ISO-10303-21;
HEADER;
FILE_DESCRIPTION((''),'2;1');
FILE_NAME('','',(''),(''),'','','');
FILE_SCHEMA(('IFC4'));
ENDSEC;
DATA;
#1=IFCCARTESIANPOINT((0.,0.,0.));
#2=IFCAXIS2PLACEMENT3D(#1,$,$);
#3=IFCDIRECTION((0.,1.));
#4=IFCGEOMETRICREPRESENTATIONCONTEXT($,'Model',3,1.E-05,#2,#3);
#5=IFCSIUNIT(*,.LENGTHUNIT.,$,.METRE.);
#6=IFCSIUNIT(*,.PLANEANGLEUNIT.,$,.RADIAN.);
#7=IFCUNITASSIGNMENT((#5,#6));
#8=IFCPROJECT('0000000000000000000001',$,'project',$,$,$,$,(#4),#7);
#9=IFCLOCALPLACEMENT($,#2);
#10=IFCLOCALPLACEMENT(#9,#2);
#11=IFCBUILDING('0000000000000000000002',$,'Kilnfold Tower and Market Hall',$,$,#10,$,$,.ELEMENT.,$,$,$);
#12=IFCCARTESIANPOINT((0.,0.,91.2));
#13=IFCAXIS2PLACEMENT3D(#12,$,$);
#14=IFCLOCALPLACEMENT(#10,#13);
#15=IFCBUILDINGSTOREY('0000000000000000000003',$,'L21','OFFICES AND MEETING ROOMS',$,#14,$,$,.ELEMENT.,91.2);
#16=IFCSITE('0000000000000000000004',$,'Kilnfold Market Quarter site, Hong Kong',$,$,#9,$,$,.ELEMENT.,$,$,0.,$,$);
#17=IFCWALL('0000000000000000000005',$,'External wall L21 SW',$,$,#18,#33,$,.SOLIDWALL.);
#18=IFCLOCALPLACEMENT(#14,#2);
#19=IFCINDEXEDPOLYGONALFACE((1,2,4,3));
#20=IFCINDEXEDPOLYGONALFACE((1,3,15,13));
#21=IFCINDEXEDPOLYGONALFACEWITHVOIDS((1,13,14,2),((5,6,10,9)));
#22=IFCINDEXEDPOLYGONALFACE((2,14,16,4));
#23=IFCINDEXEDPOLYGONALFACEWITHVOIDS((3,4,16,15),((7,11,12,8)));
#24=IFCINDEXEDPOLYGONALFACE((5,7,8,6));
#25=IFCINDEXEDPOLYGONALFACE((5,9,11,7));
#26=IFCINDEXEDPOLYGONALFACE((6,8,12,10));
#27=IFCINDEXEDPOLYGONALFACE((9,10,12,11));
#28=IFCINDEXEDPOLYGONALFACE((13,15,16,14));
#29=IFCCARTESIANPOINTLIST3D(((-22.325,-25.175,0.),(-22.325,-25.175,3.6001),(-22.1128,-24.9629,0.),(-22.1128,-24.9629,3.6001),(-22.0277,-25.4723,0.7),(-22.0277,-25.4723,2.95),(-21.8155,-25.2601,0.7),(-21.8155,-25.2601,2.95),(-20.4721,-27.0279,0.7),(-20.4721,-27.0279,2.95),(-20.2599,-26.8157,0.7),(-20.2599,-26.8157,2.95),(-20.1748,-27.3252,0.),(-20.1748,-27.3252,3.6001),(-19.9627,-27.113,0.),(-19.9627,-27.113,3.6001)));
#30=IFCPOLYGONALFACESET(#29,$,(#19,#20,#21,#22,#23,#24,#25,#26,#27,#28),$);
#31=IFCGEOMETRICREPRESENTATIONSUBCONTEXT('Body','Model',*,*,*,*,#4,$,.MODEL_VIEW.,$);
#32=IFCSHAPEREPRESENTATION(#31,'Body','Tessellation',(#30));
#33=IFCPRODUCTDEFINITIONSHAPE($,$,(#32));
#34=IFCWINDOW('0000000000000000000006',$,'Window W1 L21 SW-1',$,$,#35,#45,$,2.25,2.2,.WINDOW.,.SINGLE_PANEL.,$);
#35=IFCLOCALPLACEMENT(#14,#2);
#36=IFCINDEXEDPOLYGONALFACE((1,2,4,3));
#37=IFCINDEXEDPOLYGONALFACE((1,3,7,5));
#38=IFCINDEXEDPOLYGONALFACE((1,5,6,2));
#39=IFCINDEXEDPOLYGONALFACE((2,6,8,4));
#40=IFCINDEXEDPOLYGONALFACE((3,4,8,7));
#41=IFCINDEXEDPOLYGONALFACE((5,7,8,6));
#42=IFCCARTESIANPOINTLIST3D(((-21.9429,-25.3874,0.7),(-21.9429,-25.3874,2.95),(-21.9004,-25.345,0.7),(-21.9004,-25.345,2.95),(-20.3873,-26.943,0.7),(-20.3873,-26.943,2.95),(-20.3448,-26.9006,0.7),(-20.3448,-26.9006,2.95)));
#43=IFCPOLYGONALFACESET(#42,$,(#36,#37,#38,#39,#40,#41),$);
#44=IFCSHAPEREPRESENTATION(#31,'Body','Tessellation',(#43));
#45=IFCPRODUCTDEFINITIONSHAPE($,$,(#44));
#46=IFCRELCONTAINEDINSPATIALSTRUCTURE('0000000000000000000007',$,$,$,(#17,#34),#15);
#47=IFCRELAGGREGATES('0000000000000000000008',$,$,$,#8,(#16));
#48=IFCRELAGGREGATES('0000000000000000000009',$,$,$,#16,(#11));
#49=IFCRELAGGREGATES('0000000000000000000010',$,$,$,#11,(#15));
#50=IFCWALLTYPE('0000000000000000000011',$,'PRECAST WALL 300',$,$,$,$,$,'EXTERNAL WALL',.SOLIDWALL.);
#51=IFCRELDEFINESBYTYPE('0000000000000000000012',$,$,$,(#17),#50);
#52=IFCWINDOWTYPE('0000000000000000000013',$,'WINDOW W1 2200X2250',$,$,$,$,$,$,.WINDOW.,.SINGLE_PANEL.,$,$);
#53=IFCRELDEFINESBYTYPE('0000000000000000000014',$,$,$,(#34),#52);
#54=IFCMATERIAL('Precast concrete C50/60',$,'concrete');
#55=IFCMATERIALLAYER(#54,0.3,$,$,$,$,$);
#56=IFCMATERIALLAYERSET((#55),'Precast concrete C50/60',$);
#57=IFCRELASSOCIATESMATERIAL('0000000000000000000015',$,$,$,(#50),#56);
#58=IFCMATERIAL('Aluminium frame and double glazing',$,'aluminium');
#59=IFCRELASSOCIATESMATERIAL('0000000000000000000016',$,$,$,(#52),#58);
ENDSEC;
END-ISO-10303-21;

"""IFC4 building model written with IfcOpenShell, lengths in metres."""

from ifc_helpers import new_model, si_unit, direction, frame, frame_2d, origin, place, context, subcontext, project, spatial, rectangle, extrude, source, transform, mapped, material, layer, layer_set, type_object, element, fill, save


model = new_model("IFC4")

# Units and contexts
model_context = context("Model", 3, precision=1e-05, world=origin(), true_north=direction((0.0, 1.0)))
body_context = subcontext(model_context, "Body", "Model", "MODEL_VIEW")
ifc_project = project(units=[si_unit("LENGTHUNIT", "METRE"), si_unit("PLANEANGLEUNIT", "RADIAN")], contexts=[model_context])

# Site, building, storey
site_placement = place(None, origin())
site = spatial("IfcSite", under=ifc_project, at=site_placement, Name="Kilnfold Market Quarter site, Hong Kong", CompositionType="ELEMENT", RefElevation=0.0)
building_placement = place(site_placement, origin())
building = spatial("IfcBuilding", under=site, at=building_placement, Name="Kilnfold Tower and Market Hall", CompositionType="ELEMENT")
storey_placement = place(building_placement, frame((0.0, 0.0, 91.2)))
storey = spatial("IfcBuildingStorey", under=building, at=storey_placement, Name="L21", Description="OFFICES AND MEETING ROOMS", CompositionType="ELEMENT", Elevation=91.2)

# Wall, opening, window
ifc_material_1 = material(Name="Precast concrete C50/60", Category="concrete")
ifc_layer_1 = layer(ifc_material_1, 0.3)
ifc_layer_set_1 = layer_set([ifc_layer_1], Name="Precast concrete C50/60")
wall_type_1 = type_object("IfcWallType", Name="PRECAST WALL 300", ElementType="EXTERNAL WALL", PredefinedType="SOLIDWALL", material=ifc_layer_set_1)
ifc_material_2 = material(Name="Aluminium frame and double glazing", Category="aluminium")
window_type = type_object("IfcWindowType", Name="WINDOW W1 2200X2250", PartitioningType="SINGLE_PANEL", PredefinedType="WINDOW", material=ifc_material_2)
shared_shape_1 = source(origin(), body_context, "Body", "SweptSolid", [
    extrude(rectangle(XDim=3.0408, YDim=0.3, at=frame_2d((1.5205, 0.0))), origin(), (0.0, 0.0, 1.0), 3.6001),
])
wall_1_placement = place(storey_placement, frame((-22.219, -25.0688, 0.0), z_axis=(0.0, 0.0, 1.0), x_axis=(0.707107, -0.707107, 0.0)))
wall_1 = element("IfcWall", 1, at=wall_1_placement, inside=storey, type_object=wall_type_1, Name="External wall L21 SW", PredefinedType="SOLIDWALL", context=body_context, shape_type="MappedRepresentation", body=[
    mapped(shared_shape_1, transform((0.0, 0.0, 0.0))),
])
opening_1_placement = place(wall_1_placement, frame((0.4204, 0.0, 0.7)))
opening_1 = element("IfcOpeningElement", 2, at=opening_1_placement, cuts=wall_1, PredefinedType="OPENING", context=body_context, shape_type="SweptSolid", body=[
    extrude(rectangle(XDim=2.2, YDim=2.25, at=frame_2d((1.1001, 1.125))), frame((0.0, 0.1602, 0.0), z_axis=(0.0, -1.0, 0.0), x_axis=(1.0, 0.0, 0.0)), (0.0, 0.0, 1.0), 0.3201),
])
window_1_placement = place(opening_1_placement, origin())
window_1 = element("IfcWindow", 3, at=window_1_placement, inside=storey, type_object=window_type, Name="Window W1 L21 SW-1", OverallHeight=2.25, OverallWidth=2.2, PartitioningType="SINGLE_PANEL", PredefinedType="WINDOW", context=body_context, shape_type="SweptSolid", body=[
    extrude(rectangle(XDim=2.2, YDim=2.25, at=frame_2d((1.1001, 1.125))), frame((0.0, 0.03, 0.0), z_axis=(0.0, -1.0, 0.0), x_axis=(1.0, 0.0, 0.0)), (0.0, 0.0, 1.0), 0.0601),
])
fill(opening_1, window_1)

save(model, "model.ifc")
